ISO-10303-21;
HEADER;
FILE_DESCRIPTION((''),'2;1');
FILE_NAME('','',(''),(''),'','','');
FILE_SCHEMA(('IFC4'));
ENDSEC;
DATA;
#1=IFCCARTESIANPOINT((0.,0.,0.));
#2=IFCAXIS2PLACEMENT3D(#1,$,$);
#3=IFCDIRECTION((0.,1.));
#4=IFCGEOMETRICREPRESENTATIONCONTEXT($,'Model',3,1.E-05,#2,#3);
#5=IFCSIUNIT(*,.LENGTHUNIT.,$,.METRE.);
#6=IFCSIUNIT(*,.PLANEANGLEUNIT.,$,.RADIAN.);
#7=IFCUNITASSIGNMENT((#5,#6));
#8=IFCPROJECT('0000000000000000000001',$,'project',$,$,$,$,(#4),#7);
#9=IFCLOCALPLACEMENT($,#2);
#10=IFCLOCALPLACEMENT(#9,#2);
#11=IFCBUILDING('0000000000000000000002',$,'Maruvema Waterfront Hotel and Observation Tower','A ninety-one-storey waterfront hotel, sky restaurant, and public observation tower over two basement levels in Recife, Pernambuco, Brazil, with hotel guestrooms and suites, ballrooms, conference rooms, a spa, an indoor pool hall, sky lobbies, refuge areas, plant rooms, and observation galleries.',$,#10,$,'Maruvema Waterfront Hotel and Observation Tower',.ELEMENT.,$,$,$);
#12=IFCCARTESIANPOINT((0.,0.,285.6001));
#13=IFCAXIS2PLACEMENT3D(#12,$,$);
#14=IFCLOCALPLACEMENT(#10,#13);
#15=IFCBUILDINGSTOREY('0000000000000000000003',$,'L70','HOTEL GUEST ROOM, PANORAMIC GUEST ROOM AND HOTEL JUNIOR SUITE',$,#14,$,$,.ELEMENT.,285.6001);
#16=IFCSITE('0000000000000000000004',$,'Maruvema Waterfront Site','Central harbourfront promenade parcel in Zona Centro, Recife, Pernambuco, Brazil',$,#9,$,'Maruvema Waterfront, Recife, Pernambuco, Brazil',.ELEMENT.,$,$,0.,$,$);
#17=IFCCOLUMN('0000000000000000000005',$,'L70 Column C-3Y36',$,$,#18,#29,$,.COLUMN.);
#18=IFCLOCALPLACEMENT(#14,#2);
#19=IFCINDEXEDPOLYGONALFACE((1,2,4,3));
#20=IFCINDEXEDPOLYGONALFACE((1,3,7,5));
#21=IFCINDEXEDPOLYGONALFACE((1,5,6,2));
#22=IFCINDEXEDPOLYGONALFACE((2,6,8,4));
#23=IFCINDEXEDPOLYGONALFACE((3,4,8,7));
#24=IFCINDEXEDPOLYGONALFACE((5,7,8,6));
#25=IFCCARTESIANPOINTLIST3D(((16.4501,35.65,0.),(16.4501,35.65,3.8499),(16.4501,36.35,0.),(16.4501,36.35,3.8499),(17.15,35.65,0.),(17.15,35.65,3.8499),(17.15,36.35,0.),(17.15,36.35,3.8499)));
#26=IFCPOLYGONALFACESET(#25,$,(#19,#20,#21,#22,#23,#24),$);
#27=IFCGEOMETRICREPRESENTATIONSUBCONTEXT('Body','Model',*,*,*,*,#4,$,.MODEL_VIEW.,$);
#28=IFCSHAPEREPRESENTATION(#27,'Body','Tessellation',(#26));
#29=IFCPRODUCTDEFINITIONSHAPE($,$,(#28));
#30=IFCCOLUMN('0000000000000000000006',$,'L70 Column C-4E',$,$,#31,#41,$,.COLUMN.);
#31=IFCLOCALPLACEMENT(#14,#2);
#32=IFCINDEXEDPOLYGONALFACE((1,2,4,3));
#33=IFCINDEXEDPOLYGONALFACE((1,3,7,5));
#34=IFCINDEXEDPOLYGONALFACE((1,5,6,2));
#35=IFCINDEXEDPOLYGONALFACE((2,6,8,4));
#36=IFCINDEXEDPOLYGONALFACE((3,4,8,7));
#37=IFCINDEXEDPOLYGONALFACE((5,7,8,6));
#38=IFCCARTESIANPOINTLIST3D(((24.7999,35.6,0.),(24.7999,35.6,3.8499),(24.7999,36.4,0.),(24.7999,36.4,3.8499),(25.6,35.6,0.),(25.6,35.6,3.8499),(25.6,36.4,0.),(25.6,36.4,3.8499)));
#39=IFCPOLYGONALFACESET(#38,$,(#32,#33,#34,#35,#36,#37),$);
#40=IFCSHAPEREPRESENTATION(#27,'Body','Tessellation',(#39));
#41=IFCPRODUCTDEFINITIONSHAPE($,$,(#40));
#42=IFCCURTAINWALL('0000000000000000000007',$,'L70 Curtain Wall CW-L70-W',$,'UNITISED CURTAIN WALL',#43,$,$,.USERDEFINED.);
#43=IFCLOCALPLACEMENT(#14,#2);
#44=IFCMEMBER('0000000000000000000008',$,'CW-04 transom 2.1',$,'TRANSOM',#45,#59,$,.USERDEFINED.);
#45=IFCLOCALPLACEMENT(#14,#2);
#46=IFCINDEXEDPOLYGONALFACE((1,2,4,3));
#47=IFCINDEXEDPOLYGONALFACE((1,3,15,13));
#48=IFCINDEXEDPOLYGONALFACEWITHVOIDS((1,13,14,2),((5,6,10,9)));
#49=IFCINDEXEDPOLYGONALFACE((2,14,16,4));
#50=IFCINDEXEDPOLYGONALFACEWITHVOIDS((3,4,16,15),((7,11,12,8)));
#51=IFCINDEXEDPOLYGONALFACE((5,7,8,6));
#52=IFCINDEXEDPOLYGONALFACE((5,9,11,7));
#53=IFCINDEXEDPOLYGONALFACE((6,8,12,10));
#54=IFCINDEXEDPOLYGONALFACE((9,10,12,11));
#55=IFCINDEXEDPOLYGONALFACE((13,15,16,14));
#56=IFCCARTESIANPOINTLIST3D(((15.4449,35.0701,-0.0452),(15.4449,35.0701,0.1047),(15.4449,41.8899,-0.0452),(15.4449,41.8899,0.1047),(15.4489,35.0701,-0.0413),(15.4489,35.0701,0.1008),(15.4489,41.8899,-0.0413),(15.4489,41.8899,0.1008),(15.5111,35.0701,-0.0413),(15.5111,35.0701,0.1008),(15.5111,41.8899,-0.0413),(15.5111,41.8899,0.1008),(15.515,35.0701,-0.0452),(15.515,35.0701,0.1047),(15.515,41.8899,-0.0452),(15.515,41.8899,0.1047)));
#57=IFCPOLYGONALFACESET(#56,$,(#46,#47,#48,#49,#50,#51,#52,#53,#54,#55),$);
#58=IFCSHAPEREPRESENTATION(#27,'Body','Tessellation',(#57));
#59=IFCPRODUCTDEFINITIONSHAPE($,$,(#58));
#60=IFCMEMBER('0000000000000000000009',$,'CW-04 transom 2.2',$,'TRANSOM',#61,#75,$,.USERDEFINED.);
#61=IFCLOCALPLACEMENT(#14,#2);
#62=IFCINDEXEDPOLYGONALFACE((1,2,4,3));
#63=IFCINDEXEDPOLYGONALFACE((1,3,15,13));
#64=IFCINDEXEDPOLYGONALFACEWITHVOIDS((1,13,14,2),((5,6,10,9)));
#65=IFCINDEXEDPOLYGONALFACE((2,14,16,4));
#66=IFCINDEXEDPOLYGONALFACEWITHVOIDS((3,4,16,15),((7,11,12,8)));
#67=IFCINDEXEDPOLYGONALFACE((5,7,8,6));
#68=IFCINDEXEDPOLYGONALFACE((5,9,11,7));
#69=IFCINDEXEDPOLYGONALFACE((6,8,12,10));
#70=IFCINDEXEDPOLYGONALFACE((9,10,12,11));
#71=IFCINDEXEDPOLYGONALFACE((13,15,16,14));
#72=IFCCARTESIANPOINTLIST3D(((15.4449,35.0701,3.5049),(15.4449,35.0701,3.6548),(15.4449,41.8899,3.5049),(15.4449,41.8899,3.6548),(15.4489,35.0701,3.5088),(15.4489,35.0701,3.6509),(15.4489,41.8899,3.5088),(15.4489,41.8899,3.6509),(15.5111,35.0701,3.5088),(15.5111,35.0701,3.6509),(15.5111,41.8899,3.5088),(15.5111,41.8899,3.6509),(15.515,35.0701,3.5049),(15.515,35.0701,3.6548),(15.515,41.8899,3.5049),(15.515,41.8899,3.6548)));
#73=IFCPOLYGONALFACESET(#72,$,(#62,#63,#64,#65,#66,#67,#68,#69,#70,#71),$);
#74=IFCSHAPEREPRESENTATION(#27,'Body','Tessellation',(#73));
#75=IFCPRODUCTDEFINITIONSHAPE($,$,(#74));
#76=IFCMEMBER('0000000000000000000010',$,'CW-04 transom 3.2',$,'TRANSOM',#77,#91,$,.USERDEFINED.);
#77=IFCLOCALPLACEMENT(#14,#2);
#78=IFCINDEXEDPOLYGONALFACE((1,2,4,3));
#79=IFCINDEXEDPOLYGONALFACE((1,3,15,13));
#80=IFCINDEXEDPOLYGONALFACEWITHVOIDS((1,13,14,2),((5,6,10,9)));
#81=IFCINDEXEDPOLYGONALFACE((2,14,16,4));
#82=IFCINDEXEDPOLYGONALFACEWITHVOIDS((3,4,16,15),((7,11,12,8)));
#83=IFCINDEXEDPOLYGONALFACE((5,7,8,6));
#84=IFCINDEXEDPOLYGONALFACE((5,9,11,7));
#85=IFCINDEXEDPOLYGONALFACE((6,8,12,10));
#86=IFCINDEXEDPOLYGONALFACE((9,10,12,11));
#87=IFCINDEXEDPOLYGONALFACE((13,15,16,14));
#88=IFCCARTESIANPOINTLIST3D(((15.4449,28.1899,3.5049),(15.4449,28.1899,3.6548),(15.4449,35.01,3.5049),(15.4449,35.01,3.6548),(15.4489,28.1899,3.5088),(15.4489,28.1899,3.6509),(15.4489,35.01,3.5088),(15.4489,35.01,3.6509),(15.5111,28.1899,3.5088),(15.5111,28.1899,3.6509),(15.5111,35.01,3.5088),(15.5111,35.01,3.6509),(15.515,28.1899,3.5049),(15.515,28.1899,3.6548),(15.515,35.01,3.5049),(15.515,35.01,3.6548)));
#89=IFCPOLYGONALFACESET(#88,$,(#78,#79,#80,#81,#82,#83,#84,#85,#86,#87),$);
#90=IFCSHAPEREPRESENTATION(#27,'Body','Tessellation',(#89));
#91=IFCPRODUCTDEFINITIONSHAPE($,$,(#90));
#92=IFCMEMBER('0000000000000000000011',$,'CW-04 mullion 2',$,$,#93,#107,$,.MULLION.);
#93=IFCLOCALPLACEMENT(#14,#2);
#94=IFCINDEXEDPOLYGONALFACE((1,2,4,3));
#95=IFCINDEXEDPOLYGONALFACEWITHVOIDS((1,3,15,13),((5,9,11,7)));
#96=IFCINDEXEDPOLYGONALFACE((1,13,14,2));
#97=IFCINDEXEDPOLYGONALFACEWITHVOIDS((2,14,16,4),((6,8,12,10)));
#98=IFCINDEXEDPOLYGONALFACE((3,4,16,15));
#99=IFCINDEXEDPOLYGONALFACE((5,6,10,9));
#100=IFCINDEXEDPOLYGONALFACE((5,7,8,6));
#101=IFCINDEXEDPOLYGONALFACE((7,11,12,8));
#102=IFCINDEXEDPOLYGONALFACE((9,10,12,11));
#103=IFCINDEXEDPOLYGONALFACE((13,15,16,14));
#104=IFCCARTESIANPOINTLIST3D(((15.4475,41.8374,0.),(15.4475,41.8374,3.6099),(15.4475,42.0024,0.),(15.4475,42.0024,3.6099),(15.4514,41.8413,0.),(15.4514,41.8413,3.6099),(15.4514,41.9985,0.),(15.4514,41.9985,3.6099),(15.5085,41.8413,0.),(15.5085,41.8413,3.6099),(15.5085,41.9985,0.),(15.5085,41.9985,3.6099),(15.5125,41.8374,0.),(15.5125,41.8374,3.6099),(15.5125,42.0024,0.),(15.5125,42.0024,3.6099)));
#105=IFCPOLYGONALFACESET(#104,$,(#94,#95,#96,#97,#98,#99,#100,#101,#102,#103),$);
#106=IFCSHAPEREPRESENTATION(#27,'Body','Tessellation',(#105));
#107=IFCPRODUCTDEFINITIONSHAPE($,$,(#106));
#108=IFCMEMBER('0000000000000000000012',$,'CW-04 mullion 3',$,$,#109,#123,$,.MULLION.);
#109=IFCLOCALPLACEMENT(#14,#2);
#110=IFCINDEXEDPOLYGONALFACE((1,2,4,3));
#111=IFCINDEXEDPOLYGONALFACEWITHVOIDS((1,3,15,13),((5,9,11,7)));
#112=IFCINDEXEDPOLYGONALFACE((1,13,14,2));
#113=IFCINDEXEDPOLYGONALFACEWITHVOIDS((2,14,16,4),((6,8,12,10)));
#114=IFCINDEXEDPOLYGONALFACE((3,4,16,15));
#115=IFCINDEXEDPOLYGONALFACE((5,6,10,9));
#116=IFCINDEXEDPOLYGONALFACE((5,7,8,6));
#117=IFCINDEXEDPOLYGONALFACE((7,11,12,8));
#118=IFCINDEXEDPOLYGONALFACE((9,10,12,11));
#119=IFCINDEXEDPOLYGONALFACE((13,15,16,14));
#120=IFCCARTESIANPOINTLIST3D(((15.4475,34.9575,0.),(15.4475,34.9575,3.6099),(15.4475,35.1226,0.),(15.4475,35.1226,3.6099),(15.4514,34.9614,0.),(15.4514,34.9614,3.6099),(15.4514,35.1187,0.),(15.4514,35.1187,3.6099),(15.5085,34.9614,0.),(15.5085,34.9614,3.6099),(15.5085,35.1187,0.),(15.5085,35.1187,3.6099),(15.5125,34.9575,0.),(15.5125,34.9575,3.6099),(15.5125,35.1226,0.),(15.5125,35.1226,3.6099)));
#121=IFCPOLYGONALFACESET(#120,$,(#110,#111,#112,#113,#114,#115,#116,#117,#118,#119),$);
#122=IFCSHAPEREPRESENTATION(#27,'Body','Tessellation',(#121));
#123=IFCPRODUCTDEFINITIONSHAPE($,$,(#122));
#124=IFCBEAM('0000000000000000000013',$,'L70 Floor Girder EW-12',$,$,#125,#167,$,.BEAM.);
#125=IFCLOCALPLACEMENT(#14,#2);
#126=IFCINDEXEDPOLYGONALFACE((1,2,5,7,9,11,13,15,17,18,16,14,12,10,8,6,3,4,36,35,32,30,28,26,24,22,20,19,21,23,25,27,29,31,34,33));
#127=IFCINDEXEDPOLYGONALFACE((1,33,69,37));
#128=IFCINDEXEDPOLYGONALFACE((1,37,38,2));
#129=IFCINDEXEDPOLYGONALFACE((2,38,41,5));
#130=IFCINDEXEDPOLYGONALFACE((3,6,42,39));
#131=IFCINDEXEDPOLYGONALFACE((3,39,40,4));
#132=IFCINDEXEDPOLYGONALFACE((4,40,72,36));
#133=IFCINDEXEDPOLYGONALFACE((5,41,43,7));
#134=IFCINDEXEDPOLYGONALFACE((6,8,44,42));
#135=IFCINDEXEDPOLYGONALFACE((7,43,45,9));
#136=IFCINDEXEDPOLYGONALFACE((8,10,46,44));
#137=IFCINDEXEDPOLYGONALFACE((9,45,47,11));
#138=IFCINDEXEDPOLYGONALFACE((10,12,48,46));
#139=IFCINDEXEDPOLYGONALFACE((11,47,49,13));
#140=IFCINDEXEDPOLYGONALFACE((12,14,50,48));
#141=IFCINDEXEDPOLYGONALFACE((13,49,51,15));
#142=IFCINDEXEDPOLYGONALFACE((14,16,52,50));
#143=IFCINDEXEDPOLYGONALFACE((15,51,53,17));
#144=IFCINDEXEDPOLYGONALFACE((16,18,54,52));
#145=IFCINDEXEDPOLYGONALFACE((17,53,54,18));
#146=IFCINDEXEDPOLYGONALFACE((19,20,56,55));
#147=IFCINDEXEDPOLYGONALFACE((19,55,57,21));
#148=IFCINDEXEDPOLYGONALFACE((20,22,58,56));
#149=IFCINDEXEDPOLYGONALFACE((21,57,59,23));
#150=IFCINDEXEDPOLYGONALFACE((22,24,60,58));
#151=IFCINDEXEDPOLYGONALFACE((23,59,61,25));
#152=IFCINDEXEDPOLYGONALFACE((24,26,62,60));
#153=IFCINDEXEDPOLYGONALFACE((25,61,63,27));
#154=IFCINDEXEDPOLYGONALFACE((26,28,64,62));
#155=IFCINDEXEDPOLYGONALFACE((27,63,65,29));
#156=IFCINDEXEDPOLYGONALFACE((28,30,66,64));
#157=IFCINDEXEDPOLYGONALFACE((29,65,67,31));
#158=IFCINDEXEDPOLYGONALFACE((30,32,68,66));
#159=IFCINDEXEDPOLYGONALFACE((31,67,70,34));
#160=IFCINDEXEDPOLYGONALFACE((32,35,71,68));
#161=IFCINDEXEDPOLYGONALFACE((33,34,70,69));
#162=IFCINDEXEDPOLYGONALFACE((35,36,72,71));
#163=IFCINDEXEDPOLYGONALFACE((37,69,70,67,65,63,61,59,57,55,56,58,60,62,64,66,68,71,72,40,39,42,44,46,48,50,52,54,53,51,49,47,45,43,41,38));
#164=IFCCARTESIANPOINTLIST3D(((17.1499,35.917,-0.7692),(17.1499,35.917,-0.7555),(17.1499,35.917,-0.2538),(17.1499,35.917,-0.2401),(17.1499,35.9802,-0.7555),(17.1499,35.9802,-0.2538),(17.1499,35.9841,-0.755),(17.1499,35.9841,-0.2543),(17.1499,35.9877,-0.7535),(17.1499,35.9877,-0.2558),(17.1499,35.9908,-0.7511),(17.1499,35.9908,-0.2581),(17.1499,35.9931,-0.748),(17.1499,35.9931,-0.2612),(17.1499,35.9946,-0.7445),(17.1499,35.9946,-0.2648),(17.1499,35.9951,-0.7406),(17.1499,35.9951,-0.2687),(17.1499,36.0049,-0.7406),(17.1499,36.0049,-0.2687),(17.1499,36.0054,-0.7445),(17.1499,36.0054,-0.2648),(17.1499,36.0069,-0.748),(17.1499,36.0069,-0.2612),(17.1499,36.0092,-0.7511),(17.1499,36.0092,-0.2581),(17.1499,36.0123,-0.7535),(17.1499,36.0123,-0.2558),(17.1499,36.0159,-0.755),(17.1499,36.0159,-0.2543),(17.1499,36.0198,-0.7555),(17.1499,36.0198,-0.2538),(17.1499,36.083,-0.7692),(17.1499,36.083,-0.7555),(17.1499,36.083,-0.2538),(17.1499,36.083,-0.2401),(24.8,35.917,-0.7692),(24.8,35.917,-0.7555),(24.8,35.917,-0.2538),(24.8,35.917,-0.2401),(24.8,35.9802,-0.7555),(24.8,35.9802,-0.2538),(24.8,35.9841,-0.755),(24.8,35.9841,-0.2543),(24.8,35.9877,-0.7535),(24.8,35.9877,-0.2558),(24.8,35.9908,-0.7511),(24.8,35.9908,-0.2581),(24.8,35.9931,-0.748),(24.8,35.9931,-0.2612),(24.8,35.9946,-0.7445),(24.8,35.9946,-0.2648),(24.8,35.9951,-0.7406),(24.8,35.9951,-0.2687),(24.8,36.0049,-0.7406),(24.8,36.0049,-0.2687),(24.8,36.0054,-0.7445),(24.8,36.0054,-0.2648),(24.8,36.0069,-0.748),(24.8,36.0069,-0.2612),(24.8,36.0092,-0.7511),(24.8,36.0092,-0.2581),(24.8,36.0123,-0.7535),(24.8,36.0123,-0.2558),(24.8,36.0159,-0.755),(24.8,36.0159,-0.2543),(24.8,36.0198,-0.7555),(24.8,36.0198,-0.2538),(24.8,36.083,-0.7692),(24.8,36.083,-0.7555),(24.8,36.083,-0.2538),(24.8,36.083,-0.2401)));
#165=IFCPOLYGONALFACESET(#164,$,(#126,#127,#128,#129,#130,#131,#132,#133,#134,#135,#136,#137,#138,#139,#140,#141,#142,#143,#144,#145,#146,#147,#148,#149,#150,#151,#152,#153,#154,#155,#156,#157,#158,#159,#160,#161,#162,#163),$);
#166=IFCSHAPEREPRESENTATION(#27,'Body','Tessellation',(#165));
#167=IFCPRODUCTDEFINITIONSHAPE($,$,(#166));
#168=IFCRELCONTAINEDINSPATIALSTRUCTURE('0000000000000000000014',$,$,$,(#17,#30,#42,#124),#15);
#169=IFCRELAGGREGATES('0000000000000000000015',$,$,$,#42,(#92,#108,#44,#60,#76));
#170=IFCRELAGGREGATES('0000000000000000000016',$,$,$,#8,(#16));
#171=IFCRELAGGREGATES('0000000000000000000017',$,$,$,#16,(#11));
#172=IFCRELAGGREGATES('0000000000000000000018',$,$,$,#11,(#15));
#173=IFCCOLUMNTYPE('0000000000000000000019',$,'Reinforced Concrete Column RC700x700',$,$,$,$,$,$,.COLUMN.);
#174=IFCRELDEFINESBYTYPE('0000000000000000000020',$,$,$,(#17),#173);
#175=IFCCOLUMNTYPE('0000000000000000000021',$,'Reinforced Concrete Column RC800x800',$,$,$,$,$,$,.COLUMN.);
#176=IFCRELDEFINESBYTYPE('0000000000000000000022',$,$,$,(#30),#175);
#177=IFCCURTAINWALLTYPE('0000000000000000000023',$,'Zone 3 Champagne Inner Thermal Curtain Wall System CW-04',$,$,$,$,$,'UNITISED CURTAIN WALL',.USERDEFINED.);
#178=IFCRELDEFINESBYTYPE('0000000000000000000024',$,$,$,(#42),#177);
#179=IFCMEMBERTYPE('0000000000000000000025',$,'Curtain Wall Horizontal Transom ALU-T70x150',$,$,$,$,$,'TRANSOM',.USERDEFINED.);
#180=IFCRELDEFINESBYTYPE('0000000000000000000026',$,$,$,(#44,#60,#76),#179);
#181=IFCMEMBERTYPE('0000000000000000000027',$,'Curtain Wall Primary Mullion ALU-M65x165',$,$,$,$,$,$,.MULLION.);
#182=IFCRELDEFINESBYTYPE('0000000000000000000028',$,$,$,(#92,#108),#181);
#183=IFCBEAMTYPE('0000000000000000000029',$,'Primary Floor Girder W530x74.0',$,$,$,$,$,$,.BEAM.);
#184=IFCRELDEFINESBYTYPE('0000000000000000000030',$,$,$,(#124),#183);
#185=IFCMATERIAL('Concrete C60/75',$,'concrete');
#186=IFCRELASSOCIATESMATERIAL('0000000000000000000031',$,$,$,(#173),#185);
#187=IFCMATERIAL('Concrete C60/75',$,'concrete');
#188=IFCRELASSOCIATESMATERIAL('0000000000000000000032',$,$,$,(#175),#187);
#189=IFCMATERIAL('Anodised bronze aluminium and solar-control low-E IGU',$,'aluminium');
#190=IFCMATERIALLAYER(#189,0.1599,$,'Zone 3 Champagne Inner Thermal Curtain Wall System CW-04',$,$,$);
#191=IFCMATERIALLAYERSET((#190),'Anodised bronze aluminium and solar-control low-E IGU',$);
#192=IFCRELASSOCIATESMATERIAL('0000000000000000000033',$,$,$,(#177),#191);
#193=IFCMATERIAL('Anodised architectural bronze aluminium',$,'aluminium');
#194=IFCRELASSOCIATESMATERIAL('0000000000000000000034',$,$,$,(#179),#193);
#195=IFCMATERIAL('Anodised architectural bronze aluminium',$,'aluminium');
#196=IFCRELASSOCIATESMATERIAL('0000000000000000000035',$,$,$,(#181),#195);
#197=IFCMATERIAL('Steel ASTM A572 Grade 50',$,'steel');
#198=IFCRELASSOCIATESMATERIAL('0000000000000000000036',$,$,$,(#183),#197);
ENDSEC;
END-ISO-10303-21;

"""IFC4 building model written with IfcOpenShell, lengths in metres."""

from ifc_helpers import new_model, si_unit, direction, frame, origin, origin_2d, place, context, subcontext, project, spatial, rectangle, hollow_rectangle, i_section, extrude, material, layer, layer_set, material_profile, profile_set, type_object, element, aggregate, save


model = new_model("IFC4")

# Units and contexts
model_context = context("Model", 3, precision=1e-05, world=origin(), true_north=direction((0.0, 1.0)))
body_context = subcontext(model_context, "Body", "Model", "MODEL_VIEW")
ifc_project = project(units=[si_unit("LENGTHUNIT", "METRE"), si_unit("PLANEANGLEUNIT", "RADIAN")], contexts=[model_context])

# Site, building, storey
site_placement = place(None, origin())
site = spatial("IfcSite", under=ifc_project, at=site_placement, Name="Maruvema Waterfront Site", Description="Central harbourfront promenade parcel in Zona Centro, Recife, Pernambuco, Brazil", LongName="Maruvema Waterfront, Recife, Pernambuco, Brazil", CompositionType="ELEMENT", RefElevation=0.0)
building_placement = place(site_placement, origin())
building = spatial("IfcBuilding", under=site, at=building_placement, Name="Maruvema Waterfront Hotel and Observation Tower", Description="A ninety-one-storey waterfront hotel, sky restaurant, and public observation tower over two basement levels in Recife, Pernambuco, Brazil, with hotel guestrooms and suites, ballrooms, conference rooms, a spa, an indoor pool hall, sky lobbies, refuge areas, plant rooms, and observation galleries.", LongName="Maruvema Waterfront Hotel and Observation Tower", CompositionType="ELEMENT")
storey_placement = place(building_placement, frame((0.0, 0.0, 285.6001)))
storey = spatial("IfcBuildingStorey", under=building, at=storey_placement, Name="L70", Description="HOTEL GUEST ROOM, PANORAMIC GUEST ROOM AND HOTEL JUNIOR SUITE", CompositionType="ELEMENT", Elevation=285.6001)

# Columns
ifc_material_1 = material(Name="Concrete C60/75", Category="concrete")
ifc_material_profile_1 = material_profile(ifc_material_1, rectangle(XDim=0.7, YDim=0.7, at=origin_2d()), Name="RC700x700")
ifc_profile_set_1 = profile_set([ifc_material_profile_1], Name="Concrete C60/75")
column_type_1 = type_object("IfcColumnType", Name="Reinforced Concrete Column RC700x700", PredefinedType="COLUMN", material=ifc_profile_set_1)
column_1_placement = place(storey_placement, frame((16.8, 36.0, 0.0), z_axis=(0.0, 0.0, 1.0), x_axis=(1.0, 0.0, 0.0)))
element("IfcColumn", 1, at=column_1_placement, inside=storey, type_object=column_type_1, Name="L70 Column C-3Y36", PredefinedType="COLUMN", context=body_context, shape_type="SweptSolid", body=[
    extrude(rectangle(XDim=0.7, YDim=0.7, at=origin_2d()), origin(), (0.0, 0.0, 1.0), 3.8499),
])
ifc_material_2 = material(Name="Concrete C60/75", Category="concrete")
ifc_material_profile_2 = material_profile(ifc_material_2, rectangle(XDim=0.8, YDim=0.8, at=origin_2d()), Name="RC800x800")
ifc_profile_set_2 = profile_set([ifc_material_profile_2], Name="Concrete C60/75")
column_type_2 = type_object("IfcColumnType", Name="Reinforced Concrete Column RC800x800", PredefinedType="COLUMN", material=ifc_profile_set_2)
column_2_placement = place(storey_placement, frame((25.2, 36.0, 0.0), z_axis=(0.0, 0.0, 1.0), x_axis=(1.0, 0.0, 0.0)))
element("IfcColumn", 2, at=column_2_placement, inside=storey, type_object=column_type_2, Name="L70 Column C-4E", PredefinedType="COLUMN", context=body_context, shape_type="SweptSolid", body=[
    extrude(rectangle(XDim=0.8, YDim=0.8, at=origin_2d()), origin(), (0.0, 0.0, 1.0), 3.8499),
])

# Curtain wall, members
ifc_material_3 = material(Name="Anodised bronze aluminium and solar-control low-E IGU", Category="aluminium")
ifc_layer_1 = layer(ifc_material_3, 0.1599, Name="Zone 3 Champagne Inner Thermal Curtain Wall System CW-04")
ifc_layer_set_1 = layer_set([ifc_layer_1], Name="Anodised bronze aluminium and solar-control low-E IGU")
curtain_wall_type = type_object("IfcCurtainWallType", Name="Zone 3 Champagne Inner Thermal Curtain Wall System CW-04", ElementType="UNITISED CURTAIN WALL", PredefinedType="USERDEFINED", material=ifc_layer_set_1)
curtain_wall_placement = place(storey_placement, origin())
curtain_wall = element("IfcCurtainWall", 3, at=curtain_wall_placement, inside=storey, type_object=curtain_wall_type, Name="L70 Curtain Wall CW-L70-W", ObjectType="UNITISED CURTAIN WALL", PredefinedType="USERDEFINED")
ifc_material_4 = material(Name="Anodised architectural bronze aluminium", Category="aluminium")
ifc_material_profile_3 = material_profile(ifc_material_4, hollow_rectangle(XDim=0.0701, YDim=0.1499, WallThickness=0.0039, at=origin_2d()), Name="ALU-T70x150")
ifc_profile_set_3 = profile_set([ifc_material_profile_3], Name="Anodised architectural bronze aluminium")
member_type_1 = type_object("IfcMemberType", Name="Curtain Wall Horizontal Transom ALU-T70x150", ElementType="TRANSOM", PredefinedType="USERDEFINED", material=ifc_profile_set_3)
member_1_placement = place(storey_placement, frame((15.48, 41.8899, 0.0298), z_axis=(0.0, -1.0, 0.0), x_axis=(1.0, 0.0, 0.0)))
member_1 = element("IfcMember", 4, at=member_1_placement, type_object=member_type_1, Name="CW-04 transom 2.1", ObjectType="TRANSOM", PredefinedType="USERDEFINED", context=body_context, shape_type="SweptSolid", body=[
    extrude(hollow_rectangle(XDim=0.0701, YDim=0.1499, WallThickness=0.0039, at=origin_2d()), origin(), (0.0, 0.0, 1.0), 6.8198),
])
member_2_placement = place(storey_placement, frame((15.48, 41.8899, 3.5798), z_axis=(0.0, -1.0, 0.0), x_axis=(1.0, 0.0, 0.0)))
member_2 = element("IfcMember", 5, at=member_2_placement, type_object=member_type_1, Name="CW-04 transom 2.2", ObjectType="TRANSOM", PredefinedType="USERDEFINED", context=body_context, shape_type="SweptSolid", body=[
    extrude(hollow_rectangle(XDim=0.0701, YDim=0.1499, WallThickness=0.0039, at=origin_2d()), origin(), (0.0, 0.0, 1.0), 6.8198),
])
member_3_placement = place(storey_placement, frame((15.48, 35.01, 3.5798), z_axis=(0.0, -1.0, 0.0), x_axis=(1.0, 0.0, 0.0)))
member_3 = element("IfcMember", 6, at=member_3_placement, type_object=member_type_1, Name="CW-04 transom 3.2", ObjectType="TRANSOM", PredefinedType="USERDEFINED", context=body_context, shape_type="SweptSolid", body=[
    extrude(hollow_rectangle(XDim=0.0701, YDim=0.1499, WallThickness=0.0039, at=origin_2d()), origin(), (0.0, 0.0, 1.0), 6.8201),
])
ifc_material_5 = material(Name="Anodised architectural bronze aluminium", Category="aluminium")
ifc_material_profile_4 = material_profile(ifc_material_5, hollow_rectangle(XDim=0.0649, YDim=0.165, WallThickness=0.0039, at=origin_2d()), Name="ALU-M65x165")
ifc_profile_set_4 = profile_set([ifc_material_profile_4], Name="Anodised architectural bronze aluminium")
member_type_2 = type_object("IfcMemberType", Name="Curtain Wall Primary Mullion ALU-M65x165", PredefinedType="MULLION", material=ifc_profile_set_4)
member_4_placement = place(storey_placement, frame((15.48, 41.9199, 0.0), z_axis=(0.0, 0.0, 1.0), x_axis=(1.0, 0.0, 0.0)))
member_4 = element("IfcMember", 7, at=member_4_placement, type_object=member_type_2, Name="CW-04 mullion 2", PredefinedType="MULLION", context=body_context, shape_type="SweptSolid", body=[
    extrude(hollow_rectangle(XDim=0.0649, YDim=0.165, WallThickness=0.0039, at=origin_2d()), origin(), (0.0, 0.0, 1.0), 3.6099),
])
member_5_placement = place(storey_placement, frame((15.48, 35.04, 0.0), z_axis=(0.0, 0.0, 1.0), x_axis=(1.0, 0.0, 0.0)))
member_5 = element("IfcMember", 8, at=member_5_placement, type_object=member_type_2, Name="CW-04 mullion 3", PredefinedType="MULLION", context=body_context, shape_type="SweptSolid", body=[
    extrude(hollow_rectangle(XDim=0.0649, YDim=0.165, WallThickness=0.0039, at=origin_2d()), origin(), (0.0, 0.0, 1.0), 3.6099),
])

# Beam
ifc_material_6 = material(Name="Steel ASTM A572 Grade 50", Category="steel")
ifc_material_profile_5 = material_profile(ifc_material_6, i_section(OverallWidth=0.166, OverallDepth=0.5291, WebThickness=0.0098, FlangeThickness=0.0137, FilletRadius=0.0149, at=origin_2d()), Name="W530x74.0")
ifc_profile_set_5 = profile_set([ifc_material_profile_5], Name="Steel ASTM A572 Grade 50")
beam_type_1 = type_object("IfcBeamType", Name="Primary Floor Girder W530x74.0", PredefinedType="BEAM", material=ifc_profile_set_5)
beam_1_placement = place(storey_placement, frame((17.1499, 36.0, -0.5046), z_axis=(1.0, 0.0, 0.0), x_axis=(0.0, 1.0, 0.0)))
element("IfcBeam", 9, at=beam_1_placement, inside=storey, type_object=beam_type_1, Name="L70 Floor Girder EW-12", PredefinedType="BEAM", context=body_context, shape_type="SweptSolid", body=[
    extrude(i_section(OverallWidth=0.166, OverallDepth=0.5291, WebThickness=0.0098, FlangeThickness=0.0137, FilletRadius=0.0149, at=origin_2d()), origin(), (0.0, 0.0, 1.0), 7.6501),
])

aggregate(curtain_wall, [member_4, member_5, member_1, member_2, member_3])

save(model, "model.ifc")
